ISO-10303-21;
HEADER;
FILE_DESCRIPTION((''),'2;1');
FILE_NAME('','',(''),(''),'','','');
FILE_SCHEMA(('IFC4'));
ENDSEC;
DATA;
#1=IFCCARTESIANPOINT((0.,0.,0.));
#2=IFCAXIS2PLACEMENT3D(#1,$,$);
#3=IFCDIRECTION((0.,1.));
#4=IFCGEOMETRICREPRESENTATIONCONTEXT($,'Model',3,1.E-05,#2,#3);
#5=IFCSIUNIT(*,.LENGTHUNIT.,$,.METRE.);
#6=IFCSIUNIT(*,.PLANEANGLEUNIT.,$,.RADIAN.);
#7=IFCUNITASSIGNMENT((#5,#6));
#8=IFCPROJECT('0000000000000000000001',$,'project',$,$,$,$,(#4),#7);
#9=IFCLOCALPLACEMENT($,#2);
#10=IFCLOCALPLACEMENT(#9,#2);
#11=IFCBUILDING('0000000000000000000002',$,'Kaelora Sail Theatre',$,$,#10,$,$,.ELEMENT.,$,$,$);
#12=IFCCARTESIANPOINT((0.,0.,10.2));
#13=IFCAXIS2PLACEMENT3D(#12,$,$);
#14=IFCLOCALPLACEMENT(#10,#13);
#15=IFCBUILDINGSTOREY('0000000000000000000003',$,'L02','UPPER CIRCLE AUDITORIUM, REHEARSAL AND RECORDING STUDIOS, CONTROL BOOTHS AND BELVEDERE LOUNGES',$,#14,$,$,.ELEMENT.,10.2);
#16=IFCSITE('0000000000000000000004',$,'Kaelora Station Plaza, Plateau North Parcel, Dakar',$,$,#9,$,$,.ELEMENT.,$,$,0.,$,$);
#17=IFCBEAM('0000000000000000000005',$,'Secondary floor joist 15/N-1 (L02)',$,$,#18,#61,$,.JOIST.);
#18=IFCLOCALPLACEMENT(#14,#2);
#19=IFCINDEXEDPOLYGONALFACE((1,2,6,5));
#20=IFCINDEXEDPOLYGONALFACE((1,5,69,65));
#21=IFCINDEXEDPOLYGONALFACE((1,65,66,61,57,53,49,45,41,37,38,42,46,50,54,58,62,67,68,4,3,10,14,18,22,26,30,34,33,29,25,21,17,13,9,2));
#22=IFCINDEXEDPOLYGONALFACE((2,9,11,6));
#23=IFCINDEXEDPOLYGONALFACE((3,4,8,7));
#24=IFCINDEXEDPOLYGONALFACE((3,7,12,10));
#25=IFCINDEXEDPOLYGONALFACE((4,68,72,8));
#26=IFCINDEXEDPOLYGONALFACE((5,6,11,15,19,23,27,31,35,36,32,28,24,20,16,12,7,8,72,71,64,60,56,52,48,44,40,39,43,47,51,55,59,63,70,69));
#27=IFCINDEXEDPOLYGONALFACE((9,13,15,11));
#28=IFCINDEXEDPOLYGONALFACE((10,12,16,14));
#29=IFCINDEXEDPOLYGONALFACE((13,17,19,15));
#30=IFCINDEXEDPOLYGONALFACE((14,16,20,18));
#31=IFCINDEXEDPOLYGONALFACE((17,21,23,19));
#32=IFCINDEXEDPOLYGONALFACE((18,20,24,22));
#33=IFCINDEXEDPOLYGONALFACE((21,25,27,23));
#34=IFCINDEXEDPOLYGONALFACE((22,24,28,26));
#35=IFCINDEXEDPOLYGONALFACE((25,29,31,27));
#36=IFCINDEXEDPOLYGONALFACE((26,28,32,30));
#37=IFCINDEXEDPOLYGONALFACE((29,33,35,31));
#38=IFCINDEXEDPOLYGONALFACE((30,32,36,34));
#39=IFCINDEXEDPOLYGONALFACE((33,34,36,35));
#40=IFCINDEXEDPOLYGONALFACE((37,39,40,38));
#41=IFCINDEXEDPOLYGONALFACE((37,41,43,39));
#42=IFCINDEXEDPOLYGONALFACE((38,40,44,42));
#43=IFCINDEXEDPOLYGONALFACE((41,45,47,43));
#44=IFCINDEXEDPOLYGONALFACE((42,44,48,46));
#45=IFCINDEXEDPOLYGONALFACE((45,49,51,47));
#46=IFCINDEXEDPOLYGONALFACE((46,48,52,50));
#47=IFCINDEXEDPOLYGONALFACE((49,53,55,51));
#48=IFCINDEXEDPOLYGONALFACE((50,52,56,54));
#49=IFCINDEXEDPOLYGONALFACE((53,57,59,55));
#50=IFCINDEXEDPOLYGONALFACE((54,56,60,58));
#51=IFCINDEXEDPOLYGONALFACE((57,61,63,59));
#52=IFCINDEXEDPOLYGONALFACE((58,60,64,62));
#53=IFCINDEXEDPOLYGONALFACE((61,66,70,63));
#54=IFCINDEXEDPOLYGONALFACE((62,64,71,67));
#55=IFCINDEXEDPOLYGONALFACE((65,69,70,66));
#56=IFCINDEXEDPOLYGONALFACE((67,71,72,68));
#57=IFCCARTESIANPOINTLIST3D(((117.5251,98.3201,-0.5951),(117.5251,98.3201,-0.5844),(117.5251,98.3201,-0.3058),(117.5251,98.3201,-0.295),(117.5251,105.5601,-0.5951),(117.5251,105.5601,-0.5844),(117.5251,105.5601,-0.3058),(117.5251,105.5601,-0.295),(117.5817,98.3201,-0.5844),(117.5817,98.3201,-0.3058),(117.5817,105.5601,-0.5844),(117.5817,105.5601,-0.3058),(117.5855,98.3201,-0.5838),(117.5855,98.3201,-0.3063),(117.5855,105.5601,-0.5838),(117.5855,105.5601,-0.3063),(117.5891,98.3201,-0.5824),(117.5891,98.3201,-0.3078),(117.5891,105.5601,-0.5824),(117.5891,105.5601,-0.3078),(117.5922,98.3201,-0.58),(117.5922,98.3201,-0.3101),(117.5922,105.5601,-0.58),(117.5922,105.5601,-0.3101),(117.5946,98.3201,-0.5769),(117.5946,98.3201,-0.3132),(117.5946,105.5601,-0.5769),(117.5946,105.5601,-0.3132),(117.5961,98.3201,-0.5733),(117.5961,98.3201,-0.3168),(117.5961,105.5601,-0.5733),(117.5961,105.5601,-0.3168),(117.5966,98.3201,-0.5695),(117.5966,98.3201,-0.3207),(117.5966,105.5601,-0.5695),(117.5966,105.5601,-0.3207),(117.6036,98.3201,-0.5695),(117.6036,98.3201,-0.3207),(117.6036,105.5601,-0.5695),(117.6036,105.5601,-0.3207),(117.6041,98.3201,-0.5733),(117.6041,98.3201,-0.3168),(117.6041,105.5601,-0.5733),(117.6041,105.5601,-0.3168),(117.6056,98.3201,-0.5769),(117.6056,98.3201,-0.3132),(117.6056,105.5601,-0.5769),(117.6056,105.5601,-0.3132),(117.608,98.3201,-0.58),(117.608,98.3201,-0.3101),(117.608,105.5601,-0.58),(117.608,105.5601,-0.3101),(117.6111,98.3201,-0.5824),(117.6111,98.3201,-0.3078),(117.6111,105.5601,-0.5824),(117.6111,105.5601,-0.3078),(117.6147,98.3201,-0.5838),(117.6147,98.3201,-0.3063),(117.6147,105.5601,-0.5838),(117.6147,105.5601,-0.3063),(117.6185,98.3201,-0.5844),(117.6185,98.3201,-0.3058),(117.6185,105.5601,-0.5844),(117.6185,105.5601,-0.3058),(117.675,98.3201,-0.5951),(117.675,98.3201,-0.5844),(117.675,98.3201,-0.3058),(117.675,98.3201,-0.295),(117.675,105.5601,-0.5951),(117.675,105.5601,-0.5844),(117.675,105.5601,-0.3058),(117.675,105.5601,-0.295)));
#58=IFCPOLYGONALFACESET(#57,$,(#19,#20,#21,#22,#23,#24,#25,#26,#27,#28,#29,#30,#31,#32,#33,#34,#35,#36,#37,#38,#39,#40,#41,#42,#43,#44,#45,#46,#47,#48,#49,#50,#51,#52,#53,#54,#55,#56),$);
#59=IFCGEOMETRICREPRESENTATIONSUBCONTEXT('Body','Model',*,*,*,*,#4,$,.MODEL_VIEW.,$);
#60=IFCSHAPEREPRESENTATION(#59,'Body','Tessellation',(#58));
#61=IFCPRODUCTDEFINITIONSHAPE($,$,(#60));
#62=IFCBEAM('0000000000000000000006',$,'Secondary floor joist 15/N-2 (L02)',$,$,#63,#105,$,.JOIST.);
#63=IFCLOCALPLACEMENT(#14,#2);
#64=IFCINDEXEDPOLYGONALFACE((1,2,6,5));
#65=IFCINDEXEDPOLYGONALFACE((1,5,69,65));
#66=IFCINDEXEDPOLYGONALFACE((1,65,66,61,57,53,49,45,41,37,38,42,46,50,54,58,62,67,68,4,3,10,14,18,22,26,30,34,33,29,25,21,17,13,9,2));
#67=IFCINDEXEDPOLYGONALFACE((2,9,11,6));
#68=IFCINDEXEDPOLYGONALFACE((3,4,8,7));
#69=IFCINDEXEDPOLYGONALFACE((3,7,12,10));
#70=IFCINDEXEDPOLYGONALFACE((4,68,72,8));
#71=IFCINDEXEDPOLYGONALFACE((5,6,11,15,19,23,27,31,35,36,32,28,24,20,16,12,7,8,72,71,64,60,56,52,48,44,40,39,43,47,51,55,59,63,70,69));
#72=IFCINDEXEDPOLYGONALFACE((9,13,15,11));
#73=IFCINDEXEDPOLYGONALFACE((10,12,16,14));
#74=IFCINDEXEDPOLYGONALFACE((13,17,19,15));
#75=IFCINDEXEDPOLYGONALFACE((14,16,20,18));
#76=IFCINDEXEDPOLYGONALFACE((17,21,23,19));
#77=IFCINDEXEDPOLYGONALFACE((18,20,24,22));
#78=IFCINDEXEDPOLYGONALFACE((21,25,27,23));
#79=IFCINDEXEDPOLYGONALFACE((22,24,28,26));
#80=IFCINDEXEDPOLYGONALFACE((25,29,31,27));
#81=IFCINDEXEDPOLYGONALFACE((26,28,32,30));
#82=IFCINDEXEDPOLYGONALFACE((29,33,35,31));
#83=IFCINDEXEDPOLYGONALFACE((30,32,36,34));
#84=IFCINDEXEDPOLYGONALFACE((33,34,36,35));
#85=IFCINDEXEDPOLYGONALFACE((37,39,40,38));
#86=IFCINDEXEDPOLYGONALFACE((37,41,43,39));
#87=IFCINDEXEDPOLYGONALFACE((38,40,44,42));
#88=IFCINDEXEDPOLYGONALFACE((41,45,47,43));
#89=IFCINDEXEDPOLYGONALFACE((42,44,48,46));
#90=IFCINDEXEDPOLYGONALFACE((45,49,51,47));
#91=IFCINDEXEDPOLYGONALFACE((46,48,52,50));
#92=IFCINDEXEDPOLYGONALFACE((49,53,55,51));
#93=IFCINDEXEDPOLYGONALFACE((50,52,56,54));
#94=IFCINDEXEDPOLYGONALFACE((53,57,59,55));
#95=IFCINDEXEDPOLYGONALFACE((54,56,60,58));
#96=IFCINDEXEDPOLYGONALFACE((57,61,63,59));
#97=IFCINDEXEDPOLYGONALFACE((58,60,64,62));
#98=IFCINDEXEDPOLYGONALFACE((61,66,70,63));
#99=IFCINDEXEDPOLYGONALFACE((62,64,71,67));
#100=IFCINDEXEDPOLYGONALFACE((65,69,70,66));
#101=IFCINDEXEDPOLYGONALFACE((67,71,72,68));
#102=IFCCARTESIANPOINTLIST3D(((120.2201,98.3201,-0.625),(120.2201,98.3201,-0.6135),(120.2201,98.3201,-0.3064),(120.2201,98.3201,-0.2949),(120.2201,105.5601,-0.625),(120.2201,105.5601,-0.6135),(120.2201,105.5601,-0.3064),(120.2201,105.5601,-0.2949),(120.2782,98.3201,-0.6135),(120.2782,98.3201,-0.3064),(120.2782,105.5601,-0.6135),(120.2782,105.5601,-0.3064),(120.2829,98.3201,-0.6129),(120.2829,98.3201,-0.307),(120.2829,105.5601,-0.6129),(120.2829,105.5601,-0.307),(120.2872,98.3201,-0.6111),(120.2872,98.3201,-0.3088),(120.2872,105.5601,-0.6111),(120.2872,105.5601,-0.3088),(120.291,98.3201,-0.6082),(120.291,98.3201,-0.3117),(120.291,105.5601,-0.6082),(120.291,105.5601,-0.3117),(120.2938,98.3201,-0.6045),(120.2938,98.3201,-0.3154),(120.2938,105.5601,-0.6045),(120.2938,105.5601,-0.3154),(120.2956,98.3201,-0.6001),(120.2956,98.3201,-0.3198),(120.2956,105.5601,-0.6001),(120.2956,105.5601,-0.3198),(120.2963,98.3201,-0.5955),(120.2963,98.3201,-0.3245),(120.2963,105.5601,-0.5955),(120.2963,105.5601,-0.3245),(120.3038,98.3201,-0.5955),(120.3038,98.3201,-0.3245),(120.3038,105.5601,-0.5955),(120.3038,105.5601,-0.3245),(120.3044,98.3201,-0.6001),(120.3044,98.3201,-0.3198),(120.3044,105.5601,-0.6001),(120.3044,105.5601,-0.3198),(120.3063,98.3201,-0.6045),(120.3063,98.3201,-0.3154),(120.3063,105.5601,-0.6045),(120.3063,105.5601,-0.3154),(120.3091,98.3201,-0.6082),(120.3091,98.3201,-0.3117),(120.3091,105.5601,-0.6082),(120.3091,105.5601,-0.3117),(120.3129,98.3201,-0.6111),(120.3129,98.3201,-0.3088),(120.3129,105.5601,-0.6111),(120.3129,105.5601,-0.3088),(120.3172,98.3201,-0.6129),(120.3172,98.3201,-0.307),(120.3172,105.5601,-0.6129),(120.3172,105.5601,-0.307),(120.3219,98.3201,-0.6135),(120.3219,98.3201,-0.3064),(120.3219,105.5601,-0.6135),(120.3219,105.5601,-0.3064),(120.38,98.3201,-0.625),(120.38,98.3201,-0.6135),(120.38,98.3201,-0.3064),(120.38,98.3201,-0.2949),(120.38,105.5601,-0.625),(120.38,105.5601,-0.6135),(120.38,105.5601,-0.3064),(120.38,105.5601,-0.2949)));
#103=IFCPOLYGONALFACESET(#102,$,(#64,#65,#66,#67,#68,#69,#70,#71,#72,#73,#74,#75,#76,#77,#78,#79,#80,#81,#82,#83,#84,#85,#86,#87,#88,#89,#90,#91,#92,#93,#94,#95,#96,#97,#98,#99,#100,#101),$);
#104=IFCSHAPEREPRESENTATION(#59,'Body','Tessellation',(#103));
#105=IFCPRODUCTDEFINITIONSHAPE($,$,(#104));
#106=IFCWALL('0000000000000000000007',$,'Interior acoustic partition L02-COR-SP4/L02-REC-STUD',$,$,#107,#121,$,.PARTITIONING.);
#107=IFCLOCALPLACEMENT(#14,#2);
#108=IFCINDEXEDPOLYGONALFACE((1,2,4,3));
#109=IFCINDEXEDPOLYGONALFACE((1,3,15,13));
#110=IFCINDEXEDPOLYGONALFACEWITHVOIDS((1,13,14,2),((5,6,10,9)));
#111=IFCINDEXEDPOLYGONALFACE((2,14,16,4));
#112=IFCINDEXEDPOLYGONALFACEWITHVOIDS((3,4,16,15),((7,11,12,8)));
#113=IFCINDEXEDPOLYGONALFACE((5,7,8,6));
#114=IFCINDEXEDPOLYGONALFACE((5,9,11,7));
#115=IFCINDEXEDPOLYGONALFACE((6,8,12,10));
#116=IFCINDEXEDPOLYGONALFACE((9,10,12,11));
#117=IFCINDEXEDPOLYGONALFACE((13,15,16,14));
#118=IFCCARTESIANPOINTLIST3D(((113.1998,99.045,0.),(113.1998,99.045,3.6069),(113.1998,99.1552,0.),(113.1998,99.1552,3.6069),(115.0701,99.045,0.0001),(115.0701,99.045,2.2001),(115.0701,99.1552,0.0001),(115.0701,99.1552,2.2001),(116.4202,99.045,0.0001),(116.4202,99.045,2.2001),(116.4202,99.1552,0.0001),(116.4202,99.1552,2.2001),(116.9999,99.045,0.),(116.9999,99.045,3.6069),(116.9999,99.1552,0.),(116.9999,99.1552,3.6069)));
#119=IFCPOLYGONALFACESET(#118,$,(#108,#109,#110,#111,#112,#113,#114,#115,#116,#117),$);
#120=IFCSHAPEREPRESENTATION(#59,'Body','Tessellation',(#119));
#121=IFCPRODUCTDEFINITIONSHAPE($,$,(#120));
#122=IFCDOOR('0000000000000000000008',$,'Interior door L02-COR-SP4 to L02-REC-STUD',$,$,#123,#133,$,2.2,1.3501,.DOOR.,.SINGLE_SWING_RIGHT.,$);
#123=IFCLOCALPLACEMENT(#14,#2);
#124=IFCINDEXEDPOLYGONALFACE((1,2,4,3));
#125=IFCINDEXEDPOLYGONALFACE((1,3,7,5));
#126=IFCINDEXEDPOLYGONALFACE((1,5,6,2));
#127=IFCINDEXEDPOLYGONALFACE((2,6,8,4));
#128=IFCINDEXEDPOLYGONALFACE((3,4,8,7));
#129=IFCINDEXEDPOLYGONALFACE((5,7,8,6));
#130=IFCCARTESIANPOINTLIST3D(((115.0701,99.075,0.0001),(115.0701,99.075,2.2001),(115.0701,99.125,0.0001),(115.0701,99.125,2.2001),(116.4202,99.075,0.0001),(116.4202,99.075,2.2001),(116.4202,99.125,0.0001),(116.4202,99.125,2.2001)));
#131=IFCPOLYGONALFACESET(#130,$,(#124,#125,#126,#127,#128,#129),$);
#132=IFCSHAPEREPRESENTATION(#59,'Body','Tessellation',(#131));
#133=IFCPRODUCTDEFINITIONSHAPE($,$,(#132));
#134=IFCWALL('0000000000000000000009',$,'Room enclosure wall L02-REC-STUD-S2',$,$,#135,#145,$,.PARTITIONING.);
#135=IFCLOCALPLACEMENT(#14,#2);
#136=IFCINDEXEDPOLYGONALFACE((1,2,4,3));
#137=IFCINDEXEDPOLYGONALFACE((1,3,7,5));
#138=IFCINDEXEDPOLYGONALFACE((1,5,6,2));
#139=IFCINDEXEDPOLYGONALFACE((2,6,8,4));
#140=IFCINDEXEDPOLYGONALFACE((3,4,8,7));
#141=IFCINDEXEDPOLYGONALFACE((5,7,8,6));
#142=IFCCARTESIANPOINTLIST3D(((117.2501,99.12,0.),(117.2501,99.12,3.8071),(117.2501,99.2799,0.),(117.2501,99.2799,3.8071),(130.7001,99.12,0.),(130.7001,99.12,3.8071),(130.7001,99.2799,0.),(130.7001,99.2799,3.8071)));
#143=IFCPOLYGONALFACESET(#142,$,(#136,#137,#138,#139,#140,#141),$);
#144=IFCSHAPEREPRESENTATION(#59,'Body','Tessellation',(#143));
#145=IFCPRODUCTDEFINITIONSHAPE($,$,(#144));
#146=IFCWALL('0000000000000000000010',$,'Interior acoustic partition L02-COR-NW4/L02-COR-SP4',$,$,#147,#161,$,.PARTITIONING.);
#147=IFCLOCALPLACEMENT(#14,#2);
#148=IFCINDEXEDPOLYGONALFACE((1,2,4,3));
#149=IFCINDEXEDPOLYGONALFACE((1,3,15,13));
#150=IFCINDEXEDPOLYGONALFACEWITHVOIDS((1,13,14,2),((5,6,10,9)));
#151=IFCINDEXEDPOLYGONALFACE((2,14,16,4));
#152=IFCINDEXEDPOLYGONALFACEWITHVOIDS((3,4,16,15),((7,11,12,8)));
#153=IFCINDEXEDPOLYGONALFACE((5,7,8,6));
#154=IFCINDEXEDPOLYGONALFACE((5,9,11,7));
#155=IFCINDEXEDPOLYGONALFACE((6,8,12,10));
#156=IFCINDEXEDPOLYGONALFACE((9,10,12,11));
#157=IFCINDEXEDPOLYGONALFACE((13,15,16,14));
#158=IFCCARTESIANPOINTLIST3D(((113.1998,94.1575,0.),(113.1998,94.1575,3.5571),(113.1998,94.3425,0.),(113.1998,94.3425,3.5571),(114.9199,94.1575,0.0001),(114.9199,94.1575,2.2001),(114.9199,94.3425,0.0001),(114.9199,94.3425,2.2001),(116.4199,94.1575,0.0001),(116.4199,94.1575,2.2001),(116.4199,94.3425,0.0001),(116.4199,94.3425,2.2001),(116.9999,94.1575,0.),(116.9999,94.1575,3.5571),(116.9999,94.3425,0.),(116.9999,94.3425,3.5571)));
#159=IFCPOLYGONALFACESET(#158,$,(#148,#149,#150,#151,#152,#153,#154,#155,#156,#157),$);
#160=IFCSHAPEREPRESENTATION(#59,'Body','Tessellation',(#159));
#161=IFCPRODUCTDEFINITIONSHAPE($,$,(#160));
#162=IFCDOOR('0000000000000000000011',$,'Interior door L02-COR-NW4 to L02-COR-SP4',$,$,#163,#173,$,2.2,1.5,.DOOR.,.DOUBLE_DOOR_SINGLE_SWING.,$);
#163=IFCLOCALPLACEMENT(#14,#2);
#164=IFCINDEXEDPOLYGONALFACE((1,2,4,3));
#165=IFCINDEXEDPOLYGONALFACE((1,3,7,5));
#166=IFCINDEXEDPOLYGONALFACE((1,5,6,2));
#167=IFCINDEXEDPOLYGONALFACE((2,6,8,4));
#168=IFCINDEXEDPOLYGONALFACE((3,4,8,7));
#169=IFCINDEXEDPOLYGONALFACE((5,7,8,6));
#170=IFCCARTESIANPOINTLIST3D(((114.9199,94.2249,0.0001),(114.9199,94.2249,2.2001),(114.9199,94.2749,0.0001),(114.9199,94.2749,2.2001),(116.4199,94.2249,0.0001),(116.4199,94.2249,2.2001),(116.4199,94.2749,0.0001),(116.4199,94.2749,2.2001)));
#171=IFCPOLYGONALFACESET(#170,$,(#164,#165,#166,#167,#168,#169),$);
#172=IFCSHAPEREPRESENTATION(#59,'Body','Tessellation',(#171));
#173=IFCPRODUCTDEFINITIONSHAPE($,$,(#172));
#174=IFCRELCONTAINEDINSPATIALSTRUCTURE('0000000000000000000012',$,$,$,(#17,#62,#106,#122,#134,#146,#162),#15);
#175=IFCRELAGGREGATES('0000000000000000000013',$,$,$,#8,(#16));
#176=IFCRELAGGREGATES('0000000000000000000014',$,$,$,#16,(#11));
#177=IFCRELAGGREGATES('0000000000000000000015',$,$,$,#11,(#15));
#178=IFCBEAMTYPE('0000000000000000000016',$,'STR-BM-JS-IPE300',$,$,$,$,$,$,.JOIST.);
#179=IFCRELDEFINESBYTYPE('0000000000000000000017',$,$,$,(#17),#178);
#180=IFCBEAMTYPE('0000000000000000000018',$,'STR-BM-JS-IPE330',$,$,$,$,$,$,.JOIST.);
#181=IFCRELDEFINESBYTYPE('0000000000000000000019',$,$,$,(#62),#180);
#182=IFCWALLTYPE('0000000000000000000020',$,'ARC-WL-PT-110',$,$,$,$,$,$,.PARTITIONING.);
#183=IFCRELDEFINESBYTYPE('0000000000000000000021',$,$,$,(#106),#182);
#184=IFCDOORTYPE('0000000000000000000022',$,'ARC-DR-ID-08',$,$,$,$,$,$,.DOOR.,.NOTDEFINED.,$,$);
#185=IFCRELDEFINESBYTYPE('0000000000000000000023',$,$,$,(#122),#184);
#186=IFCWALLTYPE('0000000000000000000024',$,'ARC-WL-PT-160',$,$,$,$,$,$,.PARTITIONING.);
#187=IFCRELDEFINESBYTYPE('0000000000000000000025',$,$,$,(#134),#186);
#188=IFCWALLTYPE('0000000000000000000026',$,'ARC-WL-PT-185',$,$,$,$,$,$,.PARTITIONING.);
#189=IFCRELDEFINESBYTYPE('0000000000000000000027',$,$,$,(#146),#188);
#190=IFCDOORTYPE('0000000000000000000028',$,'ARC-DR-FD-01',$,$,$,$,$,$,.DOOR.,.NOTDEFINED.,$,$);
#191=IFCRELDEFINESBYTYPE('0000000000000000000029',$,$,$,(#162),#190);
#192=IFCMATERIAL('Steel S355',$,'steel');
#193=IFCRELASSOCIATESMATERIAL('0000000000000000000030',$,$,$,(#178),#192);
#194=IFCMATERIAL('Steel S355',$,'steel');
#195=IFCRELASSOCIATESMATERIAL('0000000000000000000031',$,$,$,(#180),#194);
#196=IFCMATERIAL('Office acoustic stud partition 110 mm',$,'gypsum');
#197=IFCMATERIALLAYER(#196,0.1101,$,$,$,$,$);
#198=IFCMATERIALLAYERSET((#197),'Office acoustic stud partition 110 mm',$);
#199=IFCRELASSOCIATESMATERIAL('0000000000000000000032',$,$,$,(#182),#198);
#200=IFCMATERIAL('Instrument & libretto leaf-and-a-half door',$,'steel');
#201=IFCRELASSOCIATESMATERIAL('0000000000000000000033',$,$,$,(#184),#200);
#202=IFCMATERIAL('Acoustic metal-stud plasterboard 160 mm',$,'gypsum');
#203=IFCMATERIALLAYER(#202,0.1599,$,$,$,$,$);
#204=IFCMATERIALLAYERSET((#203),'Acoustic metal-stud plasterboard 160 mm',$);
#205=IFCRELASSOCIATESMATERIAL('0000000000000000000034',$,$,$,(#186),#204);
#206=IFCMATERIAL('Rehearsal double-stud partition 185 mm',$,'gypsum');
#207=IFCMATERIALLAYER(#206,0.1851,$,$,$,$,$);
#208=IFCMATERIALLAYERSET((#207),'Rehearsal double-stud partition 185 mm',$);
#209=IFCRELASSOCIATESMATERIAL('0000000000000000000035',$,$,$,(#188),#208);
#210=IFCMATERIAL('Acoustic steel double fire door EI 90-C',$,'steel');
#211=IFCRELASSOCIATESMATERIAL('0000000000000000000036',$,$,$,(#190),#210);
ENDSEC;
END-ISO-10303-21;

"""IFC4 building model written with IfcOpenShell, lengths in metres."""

from ifc_helpers import new_model, si_unit, direction, frame, frame_2d, origin, origin_2d, place, context, subcontext, project, spatial, rectangle, i_section, extrude, material, layer, layer_set, material_profile, profile_set, type_object, element, fill, save


model = new_model("IFC4")

# Units and contexts
model_context = context("Model", 3, precision=1e-05, world=origin(), true_north=direction((0.0, 1.0)))
body_context = subcontext(model_context, "Body", "Model", "MODEL_VIEW")
ifc_project = project(units=[si_unit("LENGTHUNIT", "METRE"), si_unit("PLANEANGLEUNIT", "RADIAN")], contexts=[model_context])

# Site, building, storey
site_placement = place(None, origin())
site = spatial("IfcSite", under=ifc_project, at=site_placement, Name="Kaelora Station Plaza, Plateau North Parcel, Dakar", CompositionType="ELEMENT", RefElevation=0.0)
building_placement = place(site_placement, origin())
building = spatial("IfcBuilding", under=site, at=building_placement, Name="Kaelora Sail Theatre", CompositionType="ELEMENT")
storey_placement = place(building_placement, frame((0.0, 0.0, 10.2)))
storey = spatial("IfcBuildingStorey", under=building, at=storey_placement, Name="L02", Description="UPPER CIRCLE AUDITORIUM, REHEARSAL AND RECORDING STUDIOS, CONTROL BOOTHS AND BELVEDERE LOUNGES", CompositionType="ELEMENT", Elevation=10.2)

# Beams
ifc_material_1 = material(Name="Steel S355", Category="steel")
ifc_material_profile_1 = material_profile(ifc_material_1, i_section(OverallWidth=0.1499, OverallDepth=0.3, WebThickness=0.0071, FlangeThickness=0.0107, FilletRadius=0.0149, at=origin_2d()), Name="IPE 300")
ifc_profile_set_1 = profile_set([ifc_material_profile_1], Name="Steel S355")
beam_type_1 = type_object("IfcBeamType", Name="STR-BM-JS-IPE300", PredefinedType="JOIST", material=ifc_profile_set_1)
beam_1_placement = place(storey_placement, frame((117.6001, 98.3201, -0.4451), z_axis=(0.0, 1.0, 0.0), x_axis=(-1.0, 0.0, 0.0)))
element("IfcBeam", 1, at=beam_1_placement, inside=storey, type_object=beam_type_1, Name="Secondary floor joist 15/N-1 (L02)", PredefinedType="JOIST", context=body_context, shape_type="SweptSolid", body=[
    extrude(i_section(OverallWidth=0.1499, OverallDepth=0.3, WebThickness=0.0071, FlangeThickness=0.0107, FilletRadius=0.0149, at=origin_2d()), origin(), (0.0, 0.0, 1.0), 7.24),
])
ifc_material_2 = material(Name="Steel S355", Category="steel")
ifc_material_profile_2 = material_profile(ifc_material_2, i_section(OverallWidth=0.1599, OverallDepth=0.3301, WebThickness=0.0076, FlangeThickness=0.0115, FilletRadius=0.0181, at=origin_2d()), Name="IPE 330")
ifc_profile_set_2 = profile_set([ifc_material_profile_2], Name="Steel S355")
beam_type_2 = type_object("IfcBeamType", Name="STR-BM-JS-IPE330", PredefinedType="JOIST", material=ifc_profile_set_2)
beam_2_placement = place(storey_placement, frame((120.3, 98.3201, -0.46), z_axis=(0.0, 1.0, 0.0), x_axis=(-1.0, 0.0, 0.0)))
element("IfcBeam", 2, at=beam_2_placement, inside=storey, type_object=beam_type_2, Name="Secondary floor joist 15/N-2 (L02)", PredefinedType="JOIST", context=body_context, shape_type="SweptSolid", body=[
    extrude(i_section(OverallWidth=0.1599, OverallDepth=0.3301, WebThickness=0.0076, FlangeThickness=0.0115, FilletRadius=0.0181, at=origin_2d()), origin(), (0.0, 0.0, 1.0), 7.24),
])

# Wall, opening, door
ifc_material_3 = material(Name="Office acoustic stud partition 110 mm", Category="gypsum")
ifc_layer_1 = layer(ifc_material_3, 0.1101)
ifc_layer_set_1 = layer_set([ifc_layer_1], Name="Office acoustic stud partition 110 mm")
wall_type_1 = type_object("IfcWallType", Name="ARC-WL-PT-110", PredefinedType="PARTITIONING", material=ifc_layer_set_1)
wall_1_placement = place(storey_placement, frame((113.2, 99.1001, 0.0), z_axis=(0.0, 0.0, 1.0), x_axis=(1.0, 0.0, 0.0)))
wall_1 = element("IfcWall", 3, at=wall_1_placement, inside=storey, type_object=wall_type_1, Name="Interior acoustic partition L02-COR-SP4/L02-REC-STUD", PredefinedType="PARTITIONING", context=body_context, shape_type="SweptSolid", body=[
    extrude(rectangle(XDim=3.8, YDim=0.1101, at=frame_2d((1.8999, 0.0))), origin(), (0.0, 0.0, 1.0), 3.6069),
])
opening_1_placement = place(wall_1_placement, frame((1.8701, 0.0, 0.0)))
opening_1 = element("IfcOpeningElement", 4, at=opening_1_placement, cuts=wall_1, PredefinedType="OPENING", context=body_context, shape_type="SweptSolid", body=[
    extrude(rectangle(XDim=1.3501, YDim=2.2, at=frame_2d((0.675, 1.1001))), frame((0.0, 0.0652, 0.0), z_axis=(0.0, -1.0, 0.0), x_axis=(1.0, 0.0, 0.0)), (0.0, 0.0, 1.0), 0.1301),
])
ifc_material_4 = material(Name="Instrument & libretto leaf-and-a-half door", Category="steel")
door_type_1 = type_object("IfcDoorType", Name="ARC-DR-ID-08", OperationType="NOTDEFINED", PredefinedType="DOOR", material=ifc_material_4)
door_1_placement = place(opening_1_placement, origin())
door_1 = element("IfcDoor", 5, at=door_1_placement, inside=storey, type_object=door_type_1, Name="Interior door L02-COR-SP4 to L02-REC-STUD", OperationType="SINGLE_SWING_RIGHT", OverallHeight=2.2, OverallWidth=1.3501, PredefinedType="DOOR", context=body_context, shape_type="SweptSolid", body=[
    extrude(rectangle(XDim=1.3501, YDim=2.2, at=frame_2d((0.675, 1.1001))), frame((0.0, 0.0249, 0.0), z_axis=(0.0, -1.0, 0.0), x_axis=(1.0, 0.0, 0.0)), (0.0, 0.0, 1.0), 0.05),
])
fill(opening_1, door_1)

# Wall
ifc_material_5 = material(Name="Acoustic metal-stud plasterboard 160 mm", Category="gypsum")
ifc_layer_2 = layer(ifc_material_5, 0.1599)
ifc_layer_set_2 = layer_set([ifc_layer_2], Name="Acoustic metal-stud plasterboard 160 mm")
wall_type_2 = type_object("IfcWallType", Name="ARC-WL-PT-160", PredefinedType="PARTITIONING", material=ifc_layer_set_2)
wall_2_placement = place(storey_placement, frame((117.25, 99.2, 0.0), z_axis=(0.0, 0.0, 1.0), x_axis=(1.0, 0.0, 0.0)))
element("IfcWall", 6, at=wall_2_placement, inside=storey, type_object=wall_type_2, Name="Room enclosure wall L02-REC-STUD-S2", PredefinedType="PARTITIONING", context=body_context, shape_type="SweptSolid", body=[
    extrude(rectangle(XDim=13.45, YDim=0.1599, at=frame_2d((6.7251, 0.0))), origin(), (0.0, 0.0, 1.0), 3.8071),
])

# Wall, opening, door
ifc_material_6 = material(Name="Rehearsal double-stud partition 185 mm", Category="gypsum")
ifc_layer_3 = layer(ifc_material_6, 0.1851)
ifc_layer_set_3 = layer_set([ifc_layer_3], Name="Rehearsal double-stud partition 185 mm")
wall_type_3 = type_object("IfcWallType", Name="ARC-WL-PT-185", PredefinedType="PARTITIONING", material=ifc_layer_set_3)
wall_3_placement = place(storey_placement, frame((113.2, 94.25, 0.0), z_axis=(0.0, 0.0, 1.0), x_axis=(1.0, 0.0, 0.0)))
wall_3 = element("IfcWall", 7, at=wall_3_placement, inside=storey, type_object=wall_type_3, Name="Interior acoustic partition L02-COR-NW4/L02-COR-SP4", PredefinedType="PARTITIONING", context=body_context, shape_type="SweptSolid", body=[
    extrude(rectangle(XDim=3.8, YDim=0.1851, at=frame_2d((1.8999, 0.0))), origin(), (0.0, 0.0, 1.0), 3.5571),
])
opening_2_placement = place(wall_3_placement, frame((1.72, 0.0, 0.0)))
opening_2 = element("IfcOpeningElement", 8, at=opening_2_placement, cuts=wall_3, PredefinedType="OPENING", context=body_context, shape_type="SweptSolid", body=[
    extrude(rectangle(XDim=1.5, YDim=2.2, at=frame_2d((0.75, 1.1001))), frame((0.0, 0.1025, 0.0), z_axis=(0.0, -1.0, 0.0), x_axis=(1.0, 0.0, 0.0)), (0.0, 0.0, 1.0), 0.2051),
])
ifc_material_7 = material(Name="Acoustic steel double fire door EI 90-C", Category="steel")
door_type_2 = type_object("IfcDoorType", Name="ARC-DR-FD-01", OperationType="NOTDEFINED", PredefinedType="DOOR", material=ifc_material_7)
door_2_placement = place(opening_2_placement, origin())
door_2 = element("IfcDoor", 9, at=door_2_placement, inside=storey, type_object=door_type_2, Name="Interior door L02-COR-NW4 to L02-COR-SP4", OperationType="DOUBLE_DOOR_SINGLE_SWING", OverallHeight=2.2, OverallWidth=1.5, PredefinedType="DOOR", context=body_context, shape_type="SweptSolid", body=[
    extrude(rectangle(XDim=1.5, YDim=2.2, at=frame_2d((0.75, 1.1001))), frame((0.0, 0.0249, 0.0), z_axis=(0.0, -1.0, 0.0), x_axis=(1.0, 0.0, 0.0)), (0.0, 0.0, 1.0), 0.05),
])
fill(opening_2, door_2)

save(model, "model.ifc")
